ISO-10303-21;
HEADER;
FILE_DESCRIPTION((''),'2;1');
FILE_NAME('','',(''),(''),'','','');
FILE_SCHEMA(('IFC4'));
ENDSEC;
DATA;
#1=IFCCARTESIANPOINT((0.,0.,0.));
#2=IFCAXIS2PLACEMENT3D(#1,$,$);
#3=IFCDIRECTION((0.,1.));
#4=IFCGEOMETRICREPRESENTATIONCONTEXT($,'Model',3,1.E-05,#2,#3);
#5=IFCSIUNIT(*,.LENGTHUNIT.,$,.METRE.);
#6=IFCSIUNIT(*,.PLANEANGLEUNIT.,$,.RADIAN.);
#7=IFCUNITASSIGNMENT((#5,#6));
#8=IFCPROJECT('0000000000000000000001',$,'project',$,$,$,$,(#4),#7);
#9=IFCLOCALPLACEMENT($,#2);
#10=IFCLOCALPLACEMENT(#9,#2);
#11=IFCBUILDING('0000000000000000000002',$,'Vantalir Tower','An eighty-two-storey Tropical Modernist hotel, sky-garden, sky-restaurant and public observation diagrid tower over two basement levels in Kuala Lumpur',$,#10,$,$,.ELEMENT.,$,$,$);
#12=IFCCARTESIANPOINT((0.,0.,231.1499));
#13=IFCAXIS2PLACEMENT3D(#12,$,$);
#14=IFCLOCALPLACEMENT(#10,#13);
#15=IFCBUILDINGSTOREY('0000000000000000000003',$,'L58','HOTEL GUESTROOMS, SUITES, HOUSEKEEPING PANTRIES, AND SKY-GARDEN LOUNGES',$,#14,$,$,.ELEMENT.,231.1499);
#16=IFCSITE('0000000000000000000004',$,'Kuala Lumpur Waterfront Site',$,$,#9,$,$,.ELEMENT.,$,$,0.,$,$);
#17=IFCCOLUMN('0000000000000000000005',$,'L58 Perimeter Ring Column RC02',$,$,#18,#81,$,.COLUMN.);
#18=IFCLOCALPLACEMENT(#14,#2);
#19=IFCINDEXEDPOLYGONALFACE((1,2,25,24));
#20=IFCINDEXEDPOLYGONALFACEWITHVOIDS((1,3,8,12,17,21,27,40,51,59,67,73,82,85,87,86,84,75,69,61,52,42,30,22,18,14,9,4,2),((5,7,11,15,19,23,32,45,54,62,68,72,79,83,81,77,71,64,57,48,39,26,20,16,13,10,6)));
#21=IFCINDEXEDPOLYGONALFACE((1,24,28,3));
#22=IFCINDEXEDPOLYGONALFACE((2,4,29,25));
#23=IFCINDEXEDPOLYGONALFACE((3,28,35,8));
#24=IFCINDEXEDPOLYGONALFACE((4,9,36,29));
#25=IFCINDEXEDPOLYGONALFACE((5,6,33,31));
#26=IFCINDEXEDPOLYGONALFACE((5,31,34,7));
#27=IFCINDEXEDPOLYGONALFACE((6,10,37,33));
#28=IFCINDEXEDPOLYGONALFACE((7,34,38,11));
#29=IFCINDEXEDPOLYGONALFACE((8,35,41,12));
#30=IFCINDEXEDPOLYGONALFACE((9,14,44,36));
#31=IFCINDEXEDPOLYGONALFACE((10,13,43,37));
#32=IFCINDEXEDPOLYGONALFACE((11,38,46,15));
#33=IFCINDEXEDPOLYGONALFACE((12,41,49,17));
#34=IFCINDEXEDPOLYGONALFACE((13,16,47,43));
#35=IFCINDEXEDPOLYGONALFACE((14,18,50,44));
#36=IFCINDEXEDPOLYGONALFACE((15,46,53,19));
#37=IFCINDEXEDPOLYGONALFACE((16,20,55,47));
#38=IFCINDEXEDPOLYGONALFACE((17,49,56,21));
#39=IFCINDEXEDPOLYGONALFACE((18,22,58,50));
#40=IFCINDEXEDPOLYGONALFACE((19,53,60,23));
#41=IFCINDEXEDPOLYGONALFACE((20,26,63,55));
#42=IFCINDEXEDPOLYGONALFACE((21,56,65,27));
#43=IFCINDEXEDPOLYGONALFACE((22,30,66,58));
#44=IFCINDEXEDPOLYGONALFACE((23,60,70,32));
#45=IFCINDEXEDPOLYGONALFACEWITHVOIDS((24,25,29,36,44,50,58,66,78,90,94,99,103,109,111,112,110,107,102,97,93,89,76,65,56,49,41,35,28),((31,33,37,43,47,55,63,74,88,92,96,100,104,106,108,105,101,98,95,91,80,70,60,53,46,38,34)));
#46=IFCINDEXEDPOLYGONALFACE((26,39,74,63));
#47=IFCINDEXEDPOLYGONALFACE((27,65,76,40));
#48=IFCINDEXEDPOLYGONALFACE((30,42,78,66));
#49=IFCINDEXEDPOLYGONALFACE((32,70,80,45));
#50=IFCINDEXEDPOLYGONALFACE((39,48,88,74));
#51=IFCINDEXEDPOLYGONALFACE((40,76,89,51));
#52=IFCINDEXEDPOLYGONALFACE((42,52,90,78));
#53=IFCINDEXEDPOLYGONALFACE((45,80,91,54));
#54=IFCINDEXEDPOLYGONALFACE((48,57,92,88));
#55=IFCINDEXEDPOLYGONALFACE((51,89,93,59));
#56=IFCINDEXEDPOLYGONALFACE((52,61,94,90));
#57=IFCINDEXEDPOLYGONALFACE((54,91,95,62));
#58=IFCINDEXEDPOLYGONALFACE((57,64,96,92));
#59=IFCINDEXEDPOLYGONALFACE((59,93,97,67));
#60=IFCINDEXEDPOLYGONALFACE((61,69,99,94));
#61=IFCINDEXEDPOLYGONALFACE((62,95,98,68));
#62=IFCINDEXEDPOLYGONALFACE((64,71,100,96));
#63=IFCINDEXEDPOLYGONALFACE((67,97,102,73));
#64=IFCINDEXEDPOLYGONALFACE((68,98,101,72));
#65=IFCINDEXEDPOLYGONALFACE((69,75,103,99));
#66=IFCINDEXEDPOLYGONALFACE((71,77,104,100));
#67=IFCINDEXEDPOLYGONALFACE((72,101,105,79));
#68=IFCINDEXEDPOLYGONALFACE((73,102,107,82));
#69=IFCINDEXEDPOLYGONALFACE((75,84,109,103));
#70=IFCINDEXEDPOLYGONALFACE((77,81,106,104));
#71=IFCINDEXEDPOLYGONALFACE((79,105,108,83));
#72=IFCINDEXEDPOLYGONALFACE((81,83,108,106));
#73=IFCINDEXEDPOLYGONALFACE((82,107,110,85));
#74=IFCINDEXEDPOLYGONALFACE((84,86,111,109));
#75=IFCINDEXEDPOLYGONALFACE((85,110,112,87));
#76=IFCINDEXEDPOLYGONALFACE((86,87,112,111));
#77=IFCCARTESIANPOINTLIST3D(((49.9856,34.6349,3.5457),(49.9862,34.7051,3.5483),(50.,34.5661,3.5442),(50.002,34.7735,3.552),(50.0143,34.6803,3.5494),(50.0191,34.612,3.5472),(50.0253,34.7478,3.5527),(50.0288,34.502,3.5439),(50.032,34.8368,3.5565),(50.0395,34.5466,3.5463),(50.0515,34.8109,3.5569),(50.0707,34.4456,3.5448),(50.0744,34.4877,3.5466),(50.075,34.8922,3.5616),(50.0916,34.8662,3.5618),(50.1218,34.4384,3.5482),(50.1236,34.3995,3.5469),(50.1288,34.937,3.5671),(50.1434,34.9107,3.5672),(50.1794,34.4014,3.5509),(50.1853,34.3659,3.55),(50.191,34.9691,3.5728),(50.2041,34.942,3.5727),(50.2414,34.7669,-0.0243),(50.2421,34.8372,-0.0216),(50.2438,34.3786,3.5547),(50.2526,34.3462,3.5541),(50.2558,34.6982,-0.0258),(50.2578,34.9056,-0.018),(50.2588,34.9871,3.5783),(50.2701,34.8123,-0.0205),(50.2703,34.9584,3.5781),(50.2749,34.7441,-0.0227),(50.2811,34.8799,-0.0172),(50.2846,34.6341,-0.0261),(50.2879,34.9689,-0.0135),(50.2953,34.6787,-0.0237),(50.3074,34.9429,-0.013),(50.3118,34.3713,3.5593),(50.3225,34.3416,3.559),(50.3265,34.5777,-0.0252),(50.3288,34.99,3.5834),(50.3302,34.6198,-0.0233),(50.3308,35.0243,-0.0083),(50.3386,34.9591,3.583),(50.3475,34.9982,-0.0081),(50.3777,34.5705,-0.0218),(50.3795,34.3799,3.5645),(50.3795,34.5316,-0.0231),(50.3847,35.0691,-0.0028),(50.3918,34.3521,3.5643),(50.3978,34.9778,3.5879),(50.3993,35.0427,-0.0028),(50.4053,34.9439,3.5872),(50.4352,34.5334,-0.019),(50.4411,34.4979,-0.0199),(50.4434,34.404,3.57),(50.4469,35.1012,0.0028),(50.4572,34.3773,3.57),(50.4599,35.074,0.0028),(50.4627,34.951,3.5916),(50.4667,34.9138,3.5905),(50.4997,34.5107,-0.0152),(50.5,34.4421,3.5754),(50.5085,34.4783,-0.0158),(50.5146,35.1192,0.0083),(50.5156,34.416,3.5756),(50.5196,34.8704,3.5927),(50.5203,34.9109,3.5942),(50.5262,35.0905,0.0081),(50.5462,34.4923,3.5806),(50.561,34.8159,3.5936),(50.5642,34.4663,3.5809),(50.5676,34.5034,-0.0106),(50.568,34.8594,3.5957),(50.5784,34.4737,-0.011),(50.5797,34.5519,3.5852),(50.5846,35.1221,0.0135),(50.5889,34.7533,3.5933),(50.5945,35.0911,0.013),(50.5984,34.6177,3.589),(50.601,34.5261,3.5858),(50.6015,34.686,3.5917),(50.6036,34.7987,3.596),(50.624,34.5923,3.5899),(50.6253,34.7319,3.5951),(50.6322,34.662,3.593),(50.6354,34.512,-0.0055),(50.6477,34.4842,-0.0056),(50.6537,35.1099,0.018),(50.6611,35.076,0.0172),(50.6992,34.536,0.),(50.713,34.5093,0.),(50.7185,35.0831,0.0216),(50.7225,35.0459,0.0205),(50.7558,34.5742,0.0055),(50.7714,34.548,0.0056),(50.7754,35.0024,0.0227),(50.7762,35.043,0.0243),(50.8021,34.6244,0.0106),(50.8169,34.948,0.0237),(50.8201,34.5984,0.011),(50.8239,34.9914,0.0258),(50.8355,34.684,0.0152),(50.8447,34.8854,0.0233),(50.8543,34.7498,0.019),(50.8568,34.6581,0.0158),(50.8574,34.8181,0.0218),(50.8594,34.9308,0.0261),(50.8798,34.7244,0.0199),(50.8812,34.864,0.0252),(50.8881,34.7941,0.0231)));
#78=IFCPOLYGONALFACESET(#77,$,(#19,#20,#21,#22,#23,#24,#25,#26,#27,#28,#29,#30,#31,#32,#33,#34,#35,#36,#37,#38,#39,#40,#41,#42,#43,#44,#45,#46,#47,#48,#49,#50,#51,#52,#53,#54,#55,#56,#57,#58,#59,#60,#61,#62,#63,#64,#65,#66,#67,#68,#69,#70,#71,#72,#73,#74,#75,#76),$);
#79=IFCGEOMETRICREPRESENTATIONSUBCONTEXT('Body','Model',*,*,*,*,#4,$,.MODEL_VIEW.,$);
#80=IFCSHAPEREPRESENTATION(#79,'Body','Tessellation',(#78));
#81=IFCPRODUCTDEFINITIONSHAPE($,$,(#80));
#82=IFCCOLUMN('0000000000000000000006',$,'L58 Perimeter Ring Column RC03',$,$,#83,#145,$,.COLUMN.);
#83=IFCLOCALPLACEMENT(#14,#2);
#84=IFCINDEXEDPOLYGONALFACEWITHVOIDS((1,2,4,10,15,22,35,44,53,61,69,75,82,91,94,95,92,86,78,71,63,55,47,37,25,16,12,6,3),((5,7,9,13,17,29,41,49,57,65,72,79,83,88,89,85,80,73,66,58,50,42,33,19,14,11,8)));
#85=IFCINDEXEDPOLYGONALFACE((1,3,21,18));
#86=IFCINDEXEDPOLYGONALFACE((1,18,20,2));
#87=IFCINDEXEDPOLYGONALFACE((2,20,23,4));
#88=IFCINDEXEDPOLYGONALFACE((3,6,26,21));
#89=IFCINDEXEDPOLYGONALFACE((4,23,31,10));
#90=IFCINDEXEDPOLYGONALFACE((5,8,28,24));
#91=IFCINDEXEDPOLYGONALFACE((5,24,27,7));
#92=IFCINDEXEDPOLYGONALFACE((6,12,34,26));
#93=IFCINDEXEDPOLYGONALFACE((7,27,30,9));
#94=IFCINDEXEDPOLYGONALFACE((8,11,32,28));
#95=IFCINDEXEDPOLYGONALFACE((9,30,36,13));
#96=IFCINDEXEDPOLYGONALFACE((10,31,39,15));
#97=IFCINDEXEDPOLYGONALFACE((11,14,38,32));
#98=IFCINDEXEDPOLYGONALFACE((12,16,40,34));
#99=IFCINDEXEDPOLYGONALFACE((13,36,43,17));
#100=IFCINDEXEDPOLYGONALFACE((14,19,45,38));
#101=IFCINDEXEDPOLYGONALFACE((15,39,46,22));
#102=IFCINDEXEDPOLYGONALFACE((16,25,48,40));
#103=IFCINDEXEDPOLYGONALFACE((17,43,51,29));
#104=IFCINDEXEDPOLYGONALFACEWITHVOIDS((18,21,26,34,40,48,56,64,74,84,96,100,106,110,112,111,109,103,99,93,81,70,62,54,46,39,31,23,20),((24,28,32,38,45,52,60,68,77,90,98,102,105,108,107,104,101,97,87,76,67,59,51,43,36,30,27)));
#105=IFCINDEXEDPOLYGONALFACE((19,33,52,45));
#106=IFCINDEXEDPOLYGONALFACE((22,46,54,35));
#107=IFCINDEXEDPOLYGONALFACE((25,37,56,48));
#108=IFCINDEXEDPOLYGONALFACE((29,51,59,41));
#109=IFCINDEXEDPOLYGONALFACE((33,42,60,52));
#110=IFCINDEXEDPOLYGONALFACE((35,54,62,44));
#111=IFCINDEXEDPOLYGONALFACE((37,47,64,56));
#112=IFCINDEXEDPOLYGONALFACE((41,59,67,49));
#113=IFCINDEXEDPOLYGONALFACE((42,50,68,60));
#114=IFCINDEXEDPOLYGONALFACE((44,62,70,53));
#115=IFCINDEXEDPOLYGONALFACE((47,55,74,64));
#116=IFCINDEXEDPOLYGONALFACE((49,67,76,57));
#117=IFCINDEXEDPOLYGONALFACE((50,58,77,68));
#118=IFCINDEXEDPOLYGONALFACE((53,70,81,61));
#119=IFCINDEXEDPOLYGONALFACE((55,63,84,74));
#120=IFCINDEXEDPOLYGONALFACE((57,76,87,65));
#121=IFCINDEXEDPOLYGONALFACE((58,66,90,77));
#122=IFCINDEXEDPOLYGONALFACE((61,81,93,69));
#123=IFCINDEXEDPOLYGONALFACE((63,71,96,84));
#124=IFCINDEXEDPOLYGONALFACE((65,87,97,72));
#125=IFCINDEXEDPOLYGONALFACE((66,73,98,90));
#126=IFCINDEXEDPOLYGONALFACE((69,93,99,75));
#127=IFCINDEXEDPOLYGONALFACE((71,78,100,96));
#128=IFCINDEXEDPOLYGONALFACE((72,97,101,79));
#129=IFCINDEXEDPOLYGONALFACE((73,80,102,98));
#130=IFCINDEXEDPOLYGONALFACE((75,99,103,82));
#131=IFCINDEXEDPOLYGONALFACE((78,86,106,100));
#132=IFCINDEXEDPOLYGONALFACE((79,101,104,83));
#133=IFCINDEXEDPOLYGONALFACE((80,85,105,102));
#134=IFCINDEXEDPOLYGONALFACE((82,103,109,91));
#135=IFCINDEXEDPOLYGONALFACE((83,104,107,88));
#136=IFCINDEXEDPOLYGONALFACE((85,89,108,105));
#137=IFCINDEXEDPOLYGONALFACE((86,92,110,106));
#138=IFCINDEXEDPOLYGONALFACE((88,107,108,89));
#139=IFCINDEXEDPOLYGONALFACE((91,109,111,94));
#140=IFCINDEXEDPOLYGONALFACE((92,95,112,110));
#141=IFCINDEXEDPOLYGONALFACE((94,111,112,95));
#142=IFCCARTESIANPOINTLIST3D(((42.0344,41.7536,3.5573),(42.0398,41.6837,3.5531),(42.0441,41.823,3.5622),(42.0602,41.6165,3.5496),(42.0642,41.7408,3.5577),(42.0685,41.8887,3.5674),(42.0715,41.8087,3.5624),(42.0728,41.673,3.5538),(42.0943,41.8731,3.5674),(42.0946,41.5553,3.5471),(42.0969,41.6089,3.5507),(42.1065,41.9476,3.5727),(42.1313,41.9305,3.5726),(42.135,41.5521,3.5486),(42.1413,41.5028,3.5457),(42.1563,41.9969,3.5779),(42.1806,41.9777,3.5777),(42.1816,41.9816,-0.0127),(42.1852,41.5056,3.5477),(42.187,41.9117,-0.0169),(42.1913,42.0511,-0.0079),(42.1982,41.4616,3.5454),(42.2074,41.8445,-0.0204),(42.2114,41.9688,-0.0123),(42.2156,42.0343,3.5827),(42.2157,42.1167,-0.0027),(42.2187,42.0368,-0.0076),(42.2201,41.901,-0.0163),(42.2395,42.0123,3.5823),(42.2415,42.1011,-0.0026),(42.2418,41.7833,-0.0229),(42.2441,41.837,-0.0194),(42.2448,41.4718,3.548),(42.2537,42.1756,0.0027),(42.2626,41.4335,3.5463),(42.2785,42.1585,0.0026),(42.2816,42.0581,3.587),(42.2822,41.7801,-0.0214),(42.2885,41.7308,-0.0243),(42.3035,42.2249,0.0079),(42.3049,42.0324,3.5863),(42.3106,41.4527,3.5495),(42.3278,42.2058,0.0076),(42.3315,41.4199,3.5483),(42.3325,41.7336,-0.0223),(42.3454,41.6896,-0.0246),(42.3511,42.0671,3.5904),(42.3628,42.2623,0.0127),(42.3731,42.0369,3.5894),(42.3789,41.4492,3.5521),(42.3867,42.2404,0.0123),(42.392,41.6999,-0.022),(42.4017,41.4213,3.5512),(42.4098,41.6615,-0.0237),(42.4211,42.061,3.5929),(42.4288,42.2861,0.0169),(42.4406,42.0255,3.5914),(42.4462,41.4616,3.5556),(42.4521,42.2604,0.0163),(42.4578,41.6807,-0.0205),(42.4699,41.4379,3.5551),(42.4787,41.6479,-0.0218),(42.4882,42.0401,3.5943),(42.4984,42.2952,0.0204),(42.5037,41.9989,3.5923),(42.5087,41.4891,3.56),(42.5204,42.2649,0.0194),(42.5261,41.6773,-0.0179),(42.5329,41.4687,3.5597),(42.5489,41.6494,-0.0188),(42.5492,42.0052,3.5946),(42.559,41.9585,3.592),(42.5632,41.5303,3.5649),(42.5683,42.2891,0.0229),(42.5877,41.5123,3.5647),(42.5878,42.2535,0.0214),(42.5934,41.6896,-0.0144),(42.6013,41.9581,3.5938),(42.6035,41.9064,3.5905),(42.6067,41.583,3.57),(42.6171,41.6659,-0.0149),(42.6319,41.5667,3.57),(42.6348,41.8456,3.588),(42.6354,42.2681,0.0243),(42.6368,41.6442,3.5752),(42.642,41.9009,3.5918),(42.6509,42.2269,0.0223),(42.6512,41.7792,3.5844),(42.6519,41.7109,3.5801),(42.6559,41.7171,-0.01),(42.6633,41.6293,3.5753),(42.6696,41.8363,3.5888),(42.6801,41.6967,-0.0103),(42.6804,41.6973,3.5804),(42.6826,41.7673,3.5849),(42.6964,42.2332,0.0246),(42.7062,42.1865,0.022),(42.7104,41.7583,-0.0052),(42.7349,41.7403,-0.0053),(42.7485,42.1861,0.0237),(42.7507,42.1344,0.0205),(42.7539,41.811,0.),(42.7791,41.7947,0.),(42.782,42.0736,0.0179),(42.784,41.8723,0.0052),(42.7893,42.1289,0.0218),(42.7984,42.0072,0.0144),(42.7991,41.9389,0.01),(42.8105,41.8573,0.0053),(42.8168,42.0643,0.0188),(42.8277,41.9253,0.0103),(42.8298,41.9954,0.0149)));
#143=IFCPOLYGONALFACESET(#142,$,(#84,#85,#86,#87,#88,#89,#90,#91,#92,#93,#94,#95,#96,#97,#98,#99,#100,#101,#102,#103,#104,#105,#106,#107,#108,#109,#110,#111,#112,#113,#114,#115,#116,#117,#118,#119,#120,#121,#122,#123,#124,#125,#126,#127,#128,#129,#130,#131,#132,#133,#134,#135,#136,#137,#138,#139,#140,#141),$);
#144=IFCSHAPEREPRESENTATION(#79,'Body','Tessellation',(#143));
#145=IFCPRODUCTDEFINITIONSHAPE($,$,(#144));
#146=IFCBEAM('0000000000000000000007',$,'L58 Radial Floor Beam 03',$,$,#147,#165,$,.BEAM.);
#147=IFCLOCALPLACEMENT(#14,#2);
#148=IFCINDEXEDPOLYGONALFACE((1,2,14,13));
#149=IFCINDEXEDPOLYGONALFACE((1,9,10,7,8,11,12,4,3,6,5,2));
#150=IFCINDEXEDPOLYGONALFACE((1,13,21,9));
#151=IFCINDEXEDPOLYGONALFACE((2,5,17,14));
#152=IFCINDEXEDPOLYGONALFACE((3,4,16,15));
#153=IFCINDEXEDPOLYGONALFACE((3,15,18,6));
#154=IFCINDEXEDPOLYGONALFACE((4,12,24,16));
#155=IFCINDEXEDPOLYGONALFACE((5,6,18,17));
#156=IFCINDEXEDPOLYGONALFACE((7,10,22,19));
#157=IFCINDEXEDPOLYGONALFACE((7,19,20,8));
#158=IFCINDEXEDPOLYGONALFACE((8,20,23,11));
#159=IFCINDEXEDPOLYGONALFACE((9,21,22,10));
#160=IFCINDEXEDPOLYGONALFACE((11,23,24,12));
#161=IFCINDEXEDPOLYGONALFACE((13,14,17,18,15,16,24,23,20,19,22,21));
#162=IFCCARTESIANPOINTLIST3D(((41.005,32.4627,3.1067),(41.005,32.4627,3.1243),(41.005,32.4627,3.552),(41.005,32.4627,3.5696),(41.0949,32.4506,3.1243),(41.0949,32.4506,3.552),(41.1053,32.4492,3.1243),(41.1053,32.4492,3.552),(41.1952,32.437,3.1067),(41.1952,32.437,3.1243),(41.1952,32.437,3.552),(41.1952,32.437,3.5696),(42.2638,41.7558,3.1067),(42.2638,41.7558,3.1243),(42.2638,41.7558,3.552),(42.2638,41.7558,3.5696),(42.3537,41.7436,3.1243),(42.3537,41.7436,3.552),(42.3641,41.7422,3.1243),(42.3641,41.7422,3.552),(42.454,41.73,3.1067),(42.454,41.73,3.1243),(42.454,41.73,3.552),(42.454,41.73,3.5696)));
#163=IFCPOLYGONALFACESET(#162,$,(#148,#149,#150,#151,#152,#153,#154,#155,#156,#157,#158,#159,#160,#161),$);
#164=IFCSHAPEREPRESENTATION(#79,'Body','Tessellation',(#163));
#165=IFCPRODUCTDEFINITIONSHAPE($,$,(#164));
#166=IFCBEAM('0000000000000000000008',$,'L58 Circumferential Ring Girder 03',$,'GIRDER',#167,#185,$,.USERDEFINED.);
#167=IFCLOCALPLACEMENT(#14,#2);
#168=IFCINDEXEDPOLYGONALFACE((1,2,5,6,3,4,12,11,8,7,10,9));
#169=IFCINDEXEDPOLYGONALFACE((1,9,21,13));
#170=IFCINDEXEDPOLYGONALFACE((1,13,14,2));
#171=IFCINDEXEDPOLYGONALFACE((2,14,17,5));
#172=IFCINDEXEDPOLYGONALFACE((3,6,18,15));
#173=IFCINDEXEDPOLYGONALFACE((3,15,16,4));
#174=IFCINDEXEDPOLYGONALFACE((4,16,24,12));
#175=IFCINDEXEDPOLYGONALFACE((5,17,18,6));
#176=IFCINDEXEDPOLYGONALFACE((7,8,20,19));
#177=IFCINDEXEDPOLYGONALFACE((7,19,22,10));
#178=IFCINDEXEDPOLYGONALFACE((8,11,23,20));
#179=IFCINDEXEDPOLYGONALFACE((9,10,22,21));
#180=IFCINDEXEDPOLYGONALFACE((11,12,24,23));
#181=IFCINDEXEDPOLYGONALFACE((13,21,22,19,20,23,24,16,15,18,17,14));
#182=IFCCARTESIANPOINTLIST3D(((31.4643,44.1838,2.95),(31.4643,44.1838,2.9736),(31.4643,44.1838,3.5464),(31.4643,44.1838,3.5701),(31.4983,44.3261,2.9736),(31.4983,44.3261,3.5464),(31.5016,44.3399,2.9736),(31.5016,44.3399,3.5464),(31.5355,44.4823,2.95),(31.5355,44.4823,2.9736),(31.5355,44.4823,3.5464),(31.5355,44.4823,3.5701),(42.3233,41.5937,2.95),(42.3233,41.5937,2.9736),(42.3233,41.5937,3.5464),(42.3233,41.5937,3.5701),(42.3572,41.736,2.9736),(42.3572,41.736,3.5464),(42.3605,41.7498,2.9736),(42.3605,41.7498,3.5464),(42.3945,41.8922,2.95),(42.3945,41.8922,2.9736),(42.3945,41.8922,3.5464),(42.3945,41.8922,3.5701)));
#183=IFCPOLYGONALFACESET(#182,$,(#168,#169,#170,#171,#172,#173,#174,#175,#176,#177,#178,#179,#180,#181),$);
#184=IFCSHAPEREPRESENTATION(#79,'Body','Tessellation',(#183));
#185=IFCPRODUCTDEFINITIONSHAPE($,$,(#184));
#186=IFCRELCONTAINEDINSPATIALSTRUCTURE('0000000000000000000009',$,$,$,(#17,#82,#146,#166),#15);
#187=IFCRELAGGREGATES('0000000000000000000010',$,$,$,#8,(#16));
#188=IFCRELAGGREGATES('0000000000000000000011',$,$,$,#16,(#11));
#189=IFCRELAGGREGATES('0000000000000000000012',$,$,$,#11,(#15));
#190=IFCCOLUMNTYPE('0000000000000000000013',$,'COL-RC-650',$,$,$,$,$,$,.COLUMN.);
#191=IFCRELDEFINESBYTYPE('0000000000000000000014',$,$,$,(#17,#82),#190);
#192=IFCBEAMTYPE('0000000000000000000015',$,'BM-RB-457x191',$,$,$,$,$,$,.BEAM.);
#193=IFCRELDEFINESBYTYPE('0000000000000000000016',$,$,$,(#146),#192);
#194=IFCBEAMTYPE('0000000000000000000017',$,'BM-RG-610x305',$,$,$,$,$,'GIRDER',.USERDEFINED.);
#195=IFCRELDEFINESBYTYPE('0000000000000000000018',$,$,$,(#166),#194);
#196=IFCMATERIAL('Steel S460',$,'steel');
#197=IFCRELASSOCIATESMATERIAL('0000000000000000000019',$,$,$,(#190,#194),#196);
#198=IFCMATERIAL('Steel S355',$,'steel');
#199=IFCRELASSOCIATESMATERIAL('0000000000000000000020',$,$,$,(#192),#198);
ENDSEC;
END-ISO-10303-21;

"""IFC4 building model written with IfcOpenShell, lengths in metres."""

from ifc_helpers import new_model, si_unit, direction, frame, origin, origin_2d, place, context, subcontext, project, spatial, hollow_circle, i_section, extrude, material, material_profile, profile_set, type_object, element, save


model = new_model("IFC4")

# Units and contexts
model_context = context("Model", 3, precision=1e-05, world=origin(), true_north=direction((0.0, 1.0)))
body_context = subcontext(model_context, "Body", "Model", "MODEL_VIEW")
ifc_project = project(units=[si_unit("LENGTHUNIT", "METRE"), si_unit("PLANEANGLEUNIT", "RADIAN")], contexts=[model_context])

# Site, building, storey
site_placement = place(None, origin())
site = spatial("IfcSite", under=ifc_project, at=site_placement, Name="Kuala Lumpur Waterfront Site", CompositionType="ELEMENT", RefElevation=0.0)
building_placement = place(site_placement, origin())
building = spatial("IfcBuilding", under=site, at=building_placement, Name="Vantalir Tower", Description="An eighty-two-storey Tropical Modernist hotel, sky-garden, sky-restaurant and public observation diagrid tower over two basement levels in Kuala Lumpur", CompositionType="ELEMENT")
storey_placement = place(building_placement, frame((0.0, 0.0, 231.1499)))
storey = spatial("IfcBuildingStorey", under=building, at=storey_placement, Name="L58", Description="HOTEL GUESTROOMS, SUITES, HOUSEKEEPING PANTRIES, AND SKY-GARDEN LOUNGES", CompositionType="ELEMENT", Elevation=231.1499)

# Columns
ifc_material_1 = material(Name="Steel S460", Category="steel")
ifc_material_profile_1 = material_profile(ifc_material_1, hollow_circle(Radius=0.325, WallThickness=0.03, at=origin_2d()), Name="Steel S460")
ifc_profile_set_1 = profile_set([ifc_material_profile_1], Name="Steel S460")
column_type = type_object("IfcColumnType", Name="COL-RC-650", PredefinedType="COLUMN", material=ifc_profile_set_1)
column_1_placement = place(storey_placement, frame((50.564, 34.7981, 0.0), z_axis=(-0.071436, -0.036877, 0.996763), x_axis=(0.458708, -0.888587, 0.0)))
element("IfcColumn", 1, at=column_1_placement, inside=storey, type_object=column_type, Name="L58 Perimeter Ring Column RC02", PredefinedType="COLUMN", context=body_context, shape_type="SweptSolid", body=[
    extrude(hollow_circle(Radius=0.325, WallThickness=0.03, at=origin_2d()), origin(), (0.0, 0.0, 1.0), 3.5815),
])
column_2_placement = place(storey_placement, frame((42.5061, 41.9709, 0.0), z_axis=(-0.041118, -0.063688, 0.997122), x_axis=(0.840125, -0.542393, 0.0)))
element("IfcColumn", 2, at=column_2_placement, inside=storey, type_object=column_type, Name="L58 Perimeter Ring Column RC03", PredefinedType="COLUMN", context=body_context, shape_type="SweptSolid", body=[
    extrude(hollow_circle(Radius=0.325, WallThickness=0.03, at=origin_2d()), origin(), (0.0, 0.0, 1.0), 3.5803),
])

# Beams
ifc_material_2 = material(Name="Steel S355", Category="steel")
ifc_material_profile_2 = material_profile(ifc_material_2, i_section(OverallWidth=0.1919, OverallDepth=0.4629, WebThickness=0.0105, FlangeThickness=0.0176, at=origin_2d()), Name="Steel S355")
ifc_profile_set_2 = profile_set([ifc_material_profile_2], Name="Steel S355")
beam_type_1 = type_object("IfcBeamType", Name="BM-RB-457x191", PredefinedType="BEAM", material=ifc_profile_set_2)
beam_1_placement = place(storey_placement, frame((42.3589, 41.7429, 3.3381), z_axis=(-0.13423, -0.99095, 0.0), x_axis=(0.99095, -0.13423, 0.0)))
element("IfcBeam", 3, at=beam_1_placement, inside=storey, type_object=beam_type_1, Name="L58 Radial Floor Beam 03", PredefinedType="BEAM", context=body_context, shape_type="SweptSolid", body=[
    extrude(i_section(OverallWidth=0.1919, OverallDepth=0.4629, WebThickness=0.0105, FlangeThickness=0.0176, at=origin_2d()), origin(), (0.0, 0.0, 1.0), 9.3779),
])
ifc_material_profile_3 = material_profile(ifc_material_1, i_section(OverallWidth=0.3069, OverallDepth=0.6201, WebThickness=0.0142, FlangeThickness=0.0237, at=origin_2d()), Name="Steel S460")
ifc_profile_set_3 = profile_set([ifc_material_profile_3], Name="Steel S460")
beam_type_2 = type_object("IfcBeamType", Name="BM-RG-610x305", ElementType="GIRDER", PredefinedType="USERDEFINED", material=ifc_profile_set_3)
beam_2_placement = place(storey_placement, frame((42.3589, 41.7429, 3.26), z_axis=(-0.972713, 0.232014, 0.0), x_axis=(-0.232014, -0.972713, 0.0)))
element("IfcBeam", 4, at=beam_2_placement, inside=storey, type_object=beam_type_2, Name="L58 Circumferential Ring Girder 03", ObjectType="GIRDER", PredefinedType="USERDEFINED", context=body_context, shape_type="SweptSolid", body=[
    extrude(i_section(OverallWidth=0.3069, OverallDepth=0.6201, WebThickness=0.0142, FlangeThickness=0.0237, at=origin_2d()), origin(), (0.0, 0.0, 1.0), 11.1636),
])

save(model, "model.ifc")
